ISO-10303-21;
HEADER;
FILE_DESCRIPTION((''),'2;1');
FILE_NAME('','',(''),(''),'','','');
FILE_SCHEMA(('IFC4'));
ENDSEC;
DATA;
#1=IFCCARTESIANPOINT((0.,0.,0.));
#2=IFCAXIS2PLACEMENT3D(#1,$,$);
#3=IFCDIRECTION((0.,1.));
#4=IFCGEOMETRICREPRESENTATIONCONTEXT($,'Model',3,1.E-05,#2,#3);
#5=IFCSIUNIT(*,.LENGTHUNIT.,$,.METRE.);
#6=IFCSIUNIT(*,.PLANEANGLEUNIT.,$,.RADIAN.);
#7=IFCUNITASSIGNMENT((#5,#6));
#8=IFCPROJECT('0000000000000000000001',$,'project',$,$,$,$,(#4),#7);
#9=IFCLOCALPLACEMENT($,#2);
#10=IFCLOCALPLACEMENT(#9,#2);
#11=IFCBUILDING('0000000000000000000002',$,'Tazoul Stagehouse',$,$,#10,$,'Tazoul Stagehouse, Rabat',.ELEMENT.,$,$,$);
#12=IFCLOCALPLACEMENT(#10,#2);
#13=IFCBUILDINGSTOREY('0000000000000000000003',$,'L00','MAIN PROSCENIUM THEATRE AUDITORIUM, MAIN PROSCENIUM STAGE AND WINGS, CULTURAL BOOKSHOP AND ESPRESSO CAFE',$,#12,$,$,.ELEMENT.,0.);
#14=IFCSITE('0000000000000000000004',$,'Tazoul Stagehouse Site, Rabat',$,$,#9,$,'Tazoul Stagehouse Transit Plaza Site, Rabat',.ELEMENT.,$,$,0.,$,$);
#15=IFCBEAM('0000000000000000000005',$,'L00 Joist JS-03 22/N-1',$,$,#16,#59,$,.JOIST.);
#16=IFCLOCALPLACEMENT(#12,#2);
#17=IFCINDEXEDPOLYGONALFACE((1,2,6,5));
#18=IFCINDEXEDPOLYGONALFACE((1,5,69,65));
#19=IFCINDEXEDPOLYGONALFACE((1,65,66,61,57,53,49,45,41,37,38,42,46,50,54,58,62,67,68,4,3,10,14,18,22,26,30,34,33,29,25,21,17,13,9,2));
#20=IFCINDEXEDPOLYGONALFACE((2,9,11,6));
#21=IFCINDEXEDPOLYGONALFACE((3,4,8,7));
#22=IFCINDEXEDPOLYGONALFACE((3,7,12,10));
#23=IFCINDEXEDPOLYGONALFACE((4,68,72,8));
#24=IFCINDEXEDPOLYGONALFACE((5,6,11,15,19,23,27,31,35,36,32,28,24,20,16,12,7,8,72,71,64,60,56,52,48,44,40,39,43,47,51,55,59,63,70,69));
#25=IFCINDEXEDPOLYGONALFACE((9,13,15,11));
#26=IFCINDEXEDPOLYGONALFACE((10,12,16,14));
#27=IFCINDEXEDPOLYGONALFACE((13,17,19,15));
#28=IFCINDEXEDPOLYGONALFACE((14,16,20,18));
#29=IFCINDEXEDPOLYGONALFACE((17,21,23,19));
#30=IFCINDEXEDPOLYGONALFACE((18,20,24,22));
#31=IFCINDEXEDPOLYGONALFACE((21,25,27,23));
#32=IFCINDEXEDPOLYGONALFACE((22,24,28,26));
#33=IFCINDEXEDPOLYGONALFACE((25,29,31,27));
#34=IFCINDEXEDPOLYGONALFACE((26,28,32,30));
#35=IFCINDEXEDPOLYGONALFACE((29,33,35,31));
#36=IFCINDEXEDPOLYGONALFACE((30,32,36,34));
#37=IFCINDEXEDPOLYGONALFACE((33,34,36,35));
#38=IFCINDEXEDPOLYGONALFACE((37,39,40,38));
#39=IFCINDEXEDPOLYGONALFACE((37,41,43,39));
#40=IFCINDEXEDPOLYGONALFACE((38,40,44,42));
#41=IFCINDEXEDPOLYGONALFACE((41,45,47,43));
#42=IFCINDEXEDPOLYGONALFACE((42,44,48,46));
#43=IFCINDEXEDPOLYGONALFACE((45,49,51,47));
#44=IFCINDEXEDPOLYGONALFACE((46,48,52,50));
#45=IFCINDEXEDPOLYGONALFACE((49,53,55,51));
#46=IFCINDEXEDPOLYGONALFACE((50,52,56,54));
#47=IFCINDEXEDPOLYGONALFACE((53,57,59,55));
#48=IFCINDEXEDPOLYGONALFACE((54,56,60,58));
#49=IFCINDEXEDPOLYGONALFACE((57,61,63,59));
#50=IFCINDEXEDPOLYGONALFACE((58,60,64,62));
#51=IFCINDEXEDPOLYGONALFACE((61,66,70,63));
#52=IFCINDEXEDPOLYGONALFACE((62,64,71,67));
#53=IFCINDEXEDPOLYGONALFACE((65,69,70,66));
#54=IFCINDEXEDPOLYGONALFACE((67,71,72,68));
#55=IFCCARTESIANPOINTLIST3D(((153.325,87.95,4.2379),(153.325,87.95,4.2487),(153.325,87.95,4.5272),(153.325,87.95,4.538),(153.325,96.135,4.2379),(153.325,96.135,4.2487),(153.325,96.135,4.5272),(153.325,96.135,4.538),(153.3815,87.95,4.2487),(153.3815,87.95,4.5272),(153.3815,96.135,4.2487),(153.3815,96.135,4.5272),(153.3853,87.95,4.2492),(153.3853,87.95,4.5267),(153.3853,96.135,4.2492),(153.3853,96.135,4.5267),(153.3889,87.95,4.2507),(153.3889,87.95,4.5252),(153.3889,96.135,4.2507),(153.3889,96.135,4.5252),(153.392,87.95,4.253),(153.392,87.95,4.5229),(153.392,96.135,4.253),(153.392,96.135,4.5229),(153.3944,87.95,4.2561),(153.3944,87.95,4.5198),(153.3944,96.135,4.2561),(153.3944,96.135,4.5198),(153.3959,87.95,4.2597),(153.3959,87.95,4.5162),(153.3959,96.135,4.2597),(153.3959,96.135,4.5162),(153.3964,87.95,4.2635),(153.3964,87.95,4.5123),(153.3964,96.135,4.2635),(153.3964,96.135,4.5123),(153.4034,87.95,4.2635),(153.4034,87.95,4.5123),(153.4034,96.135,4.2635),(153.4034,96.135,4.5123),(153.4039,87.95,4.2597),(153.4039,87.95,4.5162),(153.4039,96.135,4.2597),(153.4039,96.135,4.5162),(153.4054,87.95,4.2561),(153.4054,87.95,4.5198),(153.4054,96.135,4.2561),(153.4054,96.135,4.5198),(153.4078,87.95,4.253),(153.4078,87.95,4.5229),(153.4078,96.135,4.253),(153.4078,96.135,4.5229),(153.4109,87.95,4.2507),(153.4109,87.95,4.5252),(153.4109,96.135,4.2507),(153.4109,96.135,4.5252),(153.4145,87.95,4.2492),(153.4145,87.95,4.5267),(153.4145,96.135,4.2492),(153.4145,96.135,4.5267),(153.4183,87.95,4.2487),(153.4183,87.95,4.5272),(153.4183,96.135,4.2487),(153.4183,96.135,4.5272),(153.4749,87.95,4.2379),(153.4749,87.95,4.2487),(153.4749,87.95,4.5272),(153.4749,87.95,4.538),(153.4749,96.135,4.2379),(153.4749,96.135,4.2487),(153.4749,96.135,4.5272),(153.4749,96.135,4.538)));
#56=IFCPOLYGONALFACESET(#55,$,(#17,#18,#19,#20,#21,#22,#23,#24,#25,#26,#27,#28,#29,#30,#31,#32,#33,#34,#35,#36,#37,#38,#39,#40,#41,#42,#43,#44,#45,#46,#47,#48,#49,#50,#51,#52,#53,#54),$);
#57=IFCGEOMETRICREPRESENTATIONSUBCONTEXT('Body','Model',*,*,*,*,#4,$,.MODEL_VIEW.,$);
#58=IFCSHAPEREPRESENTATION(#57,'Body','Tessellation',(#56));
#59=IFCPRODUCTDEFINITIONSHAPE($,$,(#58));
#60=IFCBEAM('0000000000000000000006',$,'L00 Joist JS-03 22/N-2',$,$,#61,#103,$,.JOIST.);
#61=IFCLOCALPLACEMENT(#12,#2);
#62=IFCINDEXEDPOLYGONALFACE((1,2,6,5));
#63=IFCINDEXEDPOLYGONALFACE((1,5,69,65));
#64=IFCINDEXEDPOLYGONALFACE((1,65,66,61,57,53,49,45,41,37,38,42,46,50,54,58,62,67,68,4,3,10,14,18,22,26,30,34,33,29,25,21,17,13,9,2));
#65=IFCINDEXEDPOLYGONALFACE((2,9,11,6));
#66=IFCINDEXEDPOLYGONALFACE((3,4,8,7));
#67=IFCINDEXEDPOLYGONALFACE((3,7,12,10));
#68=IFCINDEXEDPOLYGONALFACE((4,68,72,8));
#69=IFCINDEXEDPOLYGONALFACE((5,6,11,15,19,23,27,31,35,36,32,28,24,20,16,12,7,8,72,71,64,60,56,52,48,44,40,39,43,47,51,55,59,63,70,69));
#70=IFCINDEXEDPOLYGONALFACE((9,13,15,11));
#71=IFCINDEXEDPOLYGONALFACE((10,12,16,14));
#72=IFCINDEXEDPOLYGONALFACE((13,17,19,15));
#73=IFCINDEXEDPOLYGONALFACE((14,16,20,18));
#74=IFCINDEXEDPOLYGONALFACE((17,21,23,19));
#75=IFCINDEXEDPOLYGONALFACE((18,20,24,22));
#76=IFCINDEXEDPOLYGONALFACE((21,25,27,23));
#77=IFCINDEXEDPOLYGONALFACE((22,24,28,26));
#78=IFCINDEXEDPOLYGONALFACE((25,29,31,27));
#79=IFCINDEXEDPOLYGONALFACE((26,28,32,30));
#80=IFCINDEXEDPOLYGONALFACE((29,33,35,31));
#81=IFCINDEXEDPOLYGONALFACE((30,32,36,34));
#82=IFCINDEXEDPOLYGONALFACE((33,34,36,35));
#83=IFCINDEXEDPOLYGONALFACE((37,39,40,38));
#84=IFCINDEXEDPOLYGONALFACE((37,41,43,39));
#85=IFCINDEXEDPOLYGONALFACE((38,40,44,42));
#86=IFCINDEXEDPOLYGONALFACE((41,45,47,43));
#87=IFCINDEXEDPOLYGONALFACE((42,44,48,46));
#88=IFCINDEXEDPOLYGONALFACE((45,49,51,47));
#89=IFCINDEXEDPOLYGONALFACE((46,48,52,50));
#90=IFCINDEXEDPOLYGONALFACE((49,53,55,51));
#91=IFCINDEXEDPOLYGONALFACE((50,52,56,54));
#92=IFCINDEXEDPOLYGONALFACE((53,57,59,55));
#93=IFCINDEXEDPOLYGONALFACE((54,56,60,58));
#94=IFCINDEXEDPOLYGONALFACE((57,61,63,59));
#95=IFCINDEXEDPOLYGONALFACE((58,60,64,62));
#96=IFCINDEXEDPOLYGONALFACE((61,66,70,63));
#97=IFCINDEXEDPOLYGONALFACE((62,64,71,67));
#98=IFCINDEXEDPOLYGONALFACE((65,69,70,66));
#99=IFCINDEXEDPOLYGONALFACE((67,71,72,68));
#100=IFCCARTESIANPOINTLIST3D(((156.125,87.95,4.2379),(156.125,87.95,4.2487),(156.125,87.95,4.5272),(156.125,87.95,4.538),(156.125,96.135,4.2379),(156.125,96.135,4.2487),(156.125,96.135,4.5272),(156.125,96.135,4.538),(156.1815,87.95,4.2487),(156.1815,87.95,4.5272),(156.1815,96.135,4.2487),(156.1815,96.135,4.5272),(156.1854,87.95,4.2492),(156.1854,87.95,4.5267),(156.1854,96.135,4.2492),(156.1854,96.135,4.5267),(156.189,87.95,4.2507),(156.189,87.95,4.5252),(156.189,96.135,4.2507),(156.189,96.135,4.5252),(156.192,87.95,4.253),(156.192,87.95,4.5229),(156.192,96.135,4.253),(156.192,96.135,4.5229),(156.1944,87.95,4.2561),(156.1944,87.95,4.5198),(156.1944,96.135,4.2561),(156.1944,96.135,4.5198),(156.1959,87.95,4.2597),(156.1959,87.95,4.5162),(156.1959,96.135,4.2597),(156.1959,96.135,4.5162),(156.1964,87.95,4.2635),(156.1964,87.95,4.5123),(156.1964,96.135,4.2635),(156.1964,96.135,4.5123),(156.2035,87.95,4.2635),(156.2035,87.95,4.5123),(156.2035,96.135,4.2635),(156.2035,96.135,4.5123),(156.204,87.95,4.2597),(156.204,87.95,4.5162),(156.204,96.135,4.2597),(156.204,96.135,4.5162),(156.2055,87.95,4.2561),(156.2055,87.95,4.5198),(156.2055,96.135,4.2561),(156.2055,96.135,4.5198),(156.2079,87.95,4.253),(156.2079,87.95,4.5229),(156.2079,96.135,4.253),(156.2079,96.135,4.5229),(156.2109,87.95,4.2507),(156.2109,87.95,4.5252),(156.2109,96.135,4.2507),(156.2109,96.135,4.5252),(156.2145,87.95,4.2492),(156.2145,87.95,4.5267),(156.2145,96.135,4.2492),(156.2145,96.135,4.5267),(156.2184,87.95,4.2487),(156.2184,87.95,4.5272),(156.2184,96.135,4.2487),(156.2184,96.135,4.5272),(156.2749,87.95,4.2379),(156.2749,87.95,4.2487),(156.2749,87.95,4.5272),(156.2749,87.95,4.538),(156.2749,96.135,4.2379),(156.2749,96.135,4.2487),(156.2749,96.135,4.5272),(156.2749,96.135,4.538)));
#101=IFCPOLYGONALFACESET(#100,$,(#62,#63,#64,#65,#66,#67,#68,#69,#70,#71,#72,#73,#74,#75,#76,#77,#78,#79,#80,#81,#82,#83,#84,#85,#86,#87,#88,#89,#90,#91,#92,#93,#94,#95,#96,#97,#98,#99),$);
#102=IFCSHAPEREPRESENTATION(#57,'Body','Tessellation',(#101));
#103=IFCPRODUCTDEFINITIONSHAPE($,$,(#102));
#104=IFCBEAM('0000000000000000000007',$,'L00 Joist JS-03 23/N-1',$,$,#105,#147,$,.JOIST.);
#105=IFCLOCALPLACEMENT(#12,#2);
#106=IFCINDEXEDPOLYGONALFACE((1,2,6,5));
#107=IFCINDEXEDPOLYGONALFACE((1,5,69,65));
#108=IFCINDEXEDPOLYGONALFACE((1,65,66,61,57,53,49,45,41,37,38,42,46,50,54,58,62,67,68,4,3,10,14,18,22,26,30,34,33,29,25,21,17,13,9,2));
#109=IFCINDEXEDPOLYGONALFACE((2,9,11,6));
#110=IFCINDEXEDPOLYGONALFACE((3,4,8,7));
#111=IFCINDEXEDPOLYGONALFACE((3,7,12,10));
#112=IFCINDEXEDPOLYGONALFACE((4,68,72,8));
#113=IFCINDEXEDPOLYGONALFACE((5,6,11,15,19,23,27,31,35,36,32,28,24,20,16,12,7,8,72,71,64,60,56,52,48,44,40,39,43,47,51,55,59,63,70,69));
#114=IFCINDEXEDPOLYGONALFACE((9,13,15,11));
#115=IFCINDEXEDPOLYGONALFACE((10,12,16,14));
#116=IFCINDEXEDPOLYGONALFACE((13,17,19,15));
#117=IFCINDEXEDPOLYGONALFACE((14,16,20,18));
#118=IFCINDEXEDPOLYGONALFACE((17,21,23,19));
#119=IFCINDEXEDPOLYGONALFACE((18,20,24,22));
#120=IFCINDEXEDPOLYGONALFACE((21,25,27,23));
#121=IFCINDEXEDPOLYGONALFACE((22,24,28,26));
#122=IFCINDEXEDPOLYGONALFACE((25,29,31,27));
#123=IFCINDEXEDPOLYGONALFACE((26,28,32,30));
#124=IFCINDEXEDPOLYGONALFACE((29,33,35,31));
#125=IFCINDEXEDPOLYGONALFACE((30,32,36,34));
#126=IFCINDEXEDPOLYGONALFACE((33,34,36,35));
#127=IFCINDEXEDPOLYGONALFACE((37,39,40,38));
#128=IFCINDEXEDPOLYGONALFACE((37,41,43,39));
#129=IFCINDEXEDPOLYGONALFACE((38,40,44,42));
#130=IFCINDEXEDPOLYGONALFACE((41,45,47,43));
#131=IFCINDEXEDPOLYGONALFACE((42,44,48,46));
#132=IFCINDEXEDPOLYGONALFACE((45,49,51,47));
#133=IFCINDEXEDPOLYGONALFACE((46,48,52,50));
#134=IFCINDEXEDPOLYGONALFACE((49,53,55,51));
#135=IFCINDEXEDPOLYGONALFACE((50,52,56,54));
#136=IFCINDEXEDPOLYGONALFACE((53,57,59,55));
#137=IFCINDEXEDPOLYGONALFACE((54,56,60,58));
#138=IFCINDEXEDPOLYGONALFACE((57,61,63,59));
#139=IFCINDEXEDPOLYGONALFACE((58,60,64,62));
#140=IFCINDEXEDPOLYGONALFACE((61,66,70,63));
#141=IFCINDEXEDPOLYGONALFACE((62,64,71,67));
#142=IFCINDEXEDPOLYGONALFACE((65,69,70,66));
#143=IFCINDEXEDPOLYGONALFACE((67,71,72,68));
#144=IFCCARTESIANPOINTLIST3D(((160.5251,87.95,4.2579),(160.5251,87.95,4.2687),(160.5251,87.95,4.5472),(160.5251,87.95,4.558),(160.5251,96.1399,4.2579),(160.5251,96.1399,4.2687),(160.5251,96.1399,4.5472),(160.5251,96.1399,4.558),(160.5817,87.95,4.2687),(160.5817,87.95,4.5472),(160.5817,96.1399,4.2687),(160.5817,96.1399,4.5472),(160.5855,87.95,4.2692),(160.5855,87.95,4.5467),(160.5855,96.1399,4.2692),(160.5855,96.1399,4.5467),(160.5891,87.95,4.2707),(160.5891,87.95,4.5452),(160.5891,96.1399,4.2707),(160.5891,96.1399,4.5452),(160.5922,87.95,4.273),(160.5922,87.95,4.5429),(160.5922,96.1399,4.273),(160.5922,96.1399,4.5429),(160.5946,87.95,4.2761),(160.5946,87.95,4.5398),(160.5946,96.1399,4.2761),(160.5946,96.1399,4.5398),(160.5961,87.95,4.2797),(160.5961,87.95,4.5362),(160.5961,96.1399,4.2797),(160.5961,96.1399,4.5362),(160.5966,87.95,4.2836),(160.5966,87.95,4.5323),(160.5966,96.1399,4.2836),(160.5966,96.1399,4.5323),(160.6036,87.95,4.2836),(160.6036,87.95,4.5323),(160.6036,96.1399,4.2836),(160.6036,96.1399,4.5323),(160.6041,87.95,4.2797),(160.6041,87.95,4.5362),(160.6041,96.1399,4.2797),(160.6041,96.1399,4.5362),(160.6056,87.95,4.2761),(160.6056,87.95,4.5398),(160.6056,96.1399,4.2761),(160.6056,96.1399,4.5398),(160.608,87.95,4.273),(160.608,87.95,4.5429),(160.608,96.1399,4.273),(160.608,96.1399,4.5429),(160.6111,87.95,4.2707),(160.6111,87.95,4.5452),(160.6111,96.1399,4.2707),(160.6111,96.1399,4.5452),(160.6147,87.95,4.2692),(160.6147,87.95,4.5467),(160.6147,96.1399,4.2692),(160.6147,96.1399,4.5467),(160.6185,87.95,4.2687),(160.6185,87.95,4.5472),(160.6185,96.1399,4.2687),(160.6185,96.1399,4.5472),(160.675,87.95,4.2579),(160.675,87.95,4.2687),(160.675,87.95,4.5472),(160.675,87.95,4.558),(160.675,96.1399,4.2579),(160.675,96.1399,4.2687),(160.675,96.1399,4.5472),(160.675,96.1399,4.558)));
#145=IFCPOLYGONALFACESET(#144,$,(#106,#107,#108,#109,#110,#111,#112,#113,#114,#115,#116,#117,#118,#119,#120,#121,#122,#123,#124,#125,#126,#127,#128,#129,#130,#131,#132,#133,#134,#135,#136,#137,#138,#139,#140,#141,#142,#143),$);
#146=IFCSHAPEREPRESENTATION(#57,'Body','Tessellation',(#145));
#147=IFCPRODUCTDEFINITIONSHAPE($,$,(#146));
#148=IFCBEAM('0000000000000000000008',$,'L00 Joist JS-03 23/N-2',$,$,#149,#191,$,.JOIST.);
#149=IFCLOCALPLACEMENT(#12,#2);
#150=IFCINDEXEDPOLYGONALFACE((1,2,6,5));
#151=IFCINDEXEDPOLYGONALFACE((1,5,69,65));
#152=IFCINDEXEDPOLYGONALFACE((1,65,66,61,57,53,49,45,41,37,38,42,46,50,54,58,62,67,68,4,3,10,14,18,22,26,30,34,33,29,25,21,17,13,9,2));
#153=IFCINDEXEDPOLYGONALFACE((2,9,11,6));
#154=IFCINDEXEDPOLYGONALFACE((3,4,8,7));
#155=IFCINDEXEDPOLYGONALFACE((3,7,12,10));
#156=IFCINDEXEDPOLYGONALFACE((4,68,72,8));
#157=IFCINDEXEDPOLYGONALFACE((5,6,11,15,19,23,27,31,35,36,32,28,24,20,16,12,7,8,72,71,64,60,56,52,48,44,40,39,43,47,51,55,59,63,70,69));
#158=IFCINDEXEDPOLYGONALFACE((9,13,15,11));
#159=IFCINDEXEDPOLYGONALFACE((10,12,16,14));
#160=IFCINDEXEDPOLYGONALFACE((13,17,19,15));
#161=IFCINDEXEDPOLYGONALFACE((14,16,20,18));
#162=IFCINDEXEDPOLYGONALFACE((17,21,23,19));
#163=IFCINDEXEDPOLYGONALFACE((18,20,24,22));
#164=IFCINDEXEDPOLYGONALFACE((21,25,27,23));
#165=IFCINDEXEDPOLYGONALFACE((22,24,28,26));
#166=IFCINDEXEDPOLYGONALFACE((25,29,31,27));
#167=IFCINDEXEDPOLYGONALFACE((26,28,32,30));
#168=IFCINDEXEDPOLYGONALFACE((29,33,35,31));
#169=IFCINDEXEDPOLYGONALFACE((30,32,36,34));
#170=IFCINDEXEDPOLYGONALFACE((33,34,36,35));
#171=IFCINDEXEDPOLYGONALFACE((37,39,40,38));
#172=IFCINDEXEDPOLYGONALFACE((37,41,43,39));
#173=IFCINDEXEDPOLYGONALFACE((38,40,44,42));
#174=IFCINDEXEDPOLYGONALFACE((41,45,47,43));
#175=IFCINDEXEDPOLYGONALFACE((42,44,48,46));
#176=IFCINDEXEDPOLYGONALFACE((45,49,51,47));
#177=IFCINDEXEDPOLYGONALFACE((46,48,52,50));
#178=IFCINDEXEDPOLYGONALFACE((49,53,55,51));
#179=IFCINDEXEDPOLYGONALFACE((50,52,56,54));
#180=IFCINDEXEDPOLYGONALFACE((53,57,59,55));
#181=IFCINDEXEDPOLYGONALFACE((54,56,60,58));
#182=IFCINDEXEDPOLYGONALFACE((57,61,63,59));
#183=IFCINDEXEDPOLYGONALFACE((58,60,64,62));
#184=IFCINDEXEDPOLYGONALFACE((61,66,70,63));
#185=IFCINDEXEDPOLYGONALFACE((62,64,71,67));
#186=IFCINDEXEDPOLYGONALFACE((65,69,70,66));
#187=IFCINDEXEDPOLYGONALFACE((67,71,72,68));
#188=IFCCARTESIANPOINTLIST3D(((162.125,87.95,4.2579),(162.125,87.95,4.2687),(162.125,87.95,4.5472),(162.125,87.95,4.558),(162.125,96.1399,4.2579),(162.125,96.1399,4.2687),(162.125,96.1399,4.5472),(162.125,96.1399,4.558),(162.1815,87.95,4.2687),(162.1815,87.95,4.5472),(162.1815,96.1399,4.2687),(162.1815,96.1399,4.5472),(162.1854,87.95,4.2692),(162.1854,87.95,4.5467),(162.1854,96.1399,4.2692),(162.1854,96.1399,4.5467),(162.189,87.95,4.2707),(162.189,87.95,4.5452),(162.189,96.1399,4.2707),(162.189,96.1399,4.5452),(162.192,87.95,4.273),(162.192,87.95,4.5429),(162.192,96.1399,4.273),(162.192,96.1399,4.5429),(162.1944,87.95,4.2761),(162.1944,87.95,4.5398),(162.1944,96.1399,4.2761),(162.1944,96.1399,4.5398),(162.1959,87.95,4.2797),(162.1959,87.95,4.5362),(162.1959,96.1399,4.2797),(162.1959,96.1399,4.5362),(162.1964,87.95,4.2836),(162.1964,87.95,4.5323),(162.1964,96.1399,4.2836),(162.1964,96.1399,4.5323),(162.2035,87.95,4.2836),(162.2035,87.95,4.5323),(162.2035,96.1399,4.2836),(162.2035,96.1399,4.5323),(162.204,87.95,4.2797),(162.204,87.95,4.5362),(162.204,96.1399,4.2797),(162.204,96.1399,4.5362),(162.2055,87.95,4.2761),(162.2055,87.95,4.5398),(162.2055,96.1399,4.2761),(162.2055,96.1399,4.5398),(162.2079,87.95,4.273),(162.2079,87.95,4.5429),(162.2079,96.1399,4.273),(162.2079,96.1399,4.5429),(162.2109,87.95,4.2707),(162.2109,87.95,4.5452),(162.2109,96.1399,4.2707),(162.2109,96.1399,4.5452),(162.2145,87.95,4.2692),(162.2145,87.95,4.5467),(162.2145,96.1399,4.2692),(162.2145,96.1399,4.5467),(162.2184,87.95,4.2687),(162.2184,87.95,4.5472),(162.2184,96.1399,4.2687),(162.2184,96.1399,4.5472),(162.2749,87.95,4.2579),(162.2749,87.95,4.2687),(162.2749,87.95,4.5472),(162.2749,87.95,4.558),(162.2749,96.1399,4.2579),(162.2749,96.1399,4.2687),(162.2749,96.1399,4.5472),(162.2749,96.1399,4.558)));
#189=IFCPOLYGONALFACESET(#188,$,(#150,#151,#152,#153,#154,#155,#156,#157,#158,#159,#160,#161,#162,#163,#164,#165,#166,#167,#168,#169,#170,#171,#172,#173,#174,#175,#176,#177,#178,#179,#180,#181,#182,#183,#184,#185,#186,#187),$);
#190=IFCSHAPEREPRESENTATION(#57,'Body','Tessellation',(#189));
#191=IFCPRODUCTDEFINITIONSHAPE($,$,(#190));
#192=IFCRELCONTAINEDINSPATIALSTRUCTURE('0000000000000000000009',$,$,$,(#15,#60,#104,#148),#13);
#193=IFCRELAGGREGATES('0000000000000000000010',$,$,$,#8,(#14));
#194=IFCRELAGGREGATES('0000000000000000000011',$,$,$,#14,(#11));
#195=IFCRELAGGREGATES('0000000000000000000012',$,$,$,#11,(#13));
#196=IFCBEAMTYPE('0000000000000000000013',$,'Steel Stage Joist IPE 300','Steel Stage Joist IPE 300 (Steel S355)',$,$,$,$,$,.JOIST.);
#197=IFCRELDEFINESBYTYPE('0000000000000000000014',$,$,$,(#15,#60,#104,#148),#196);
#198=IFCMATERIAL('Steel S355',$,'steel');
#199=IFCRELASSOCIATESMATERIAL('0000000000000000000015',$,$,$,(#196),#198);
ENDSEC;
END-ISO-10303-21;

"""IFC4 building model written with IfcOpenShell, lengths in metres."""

from ifc_helpers import new_model, si_unit, direction, frame, origin, origin_2d, place, context, subcontext, project, spatial, i_section, extrude, material, material_profile, profile_set, type_object, element, save


model = new_model("IFC4")

# Units and contexts
model_context = context("Model", 3, precision=1e-05, world=origin(), true_north=direction((0.0, 1.0)))
body_context = subcontext(model_context, "Body", "Model", "MODEL_VIEW")
ifc_project = project(units=[si_unit("LENGTHUNIT", "METRE"), si_unit("PLANEANGLEUNIT", "RADIAN")], contexts=[model_context])

# Site, building, storey
site_placement = place(None, origin())
site = spatial("IfcSite", under=ifc_project, at=site_placement, Name="Tazoul Stagehouse Site, Rabat", LongName="Tazoul Stagehouse Transit Plaza Site, Rabat", CompositionType="ELEMENT", RefElevation=0.0)
building_placement = place(site_placement, origin())
building = spatial("IfcBuilding", under=site, at=building_placement, Name="Tazoul Stagehouse", LongName="Tazoul Stagehouse, Rabat", CompositionType="ELEMENT")
storey_placement = place(building_placement, origin())
storey = spatial("IfcBuildingStorey", under=building, at=storey_placement, Name="L00", Description="MAIN PROSCENIUM THEATRE AUDITORIUM, MAIN PROSCENIUM STAGE AND WINGS, CULTURAL BOOKSHOP AND ESPRESSO CAFE", CompositionType="ELEMENT", Elevation=0.0)

# Beams
ifc_material_1 = material(Name="Steel S355", Category="steel")
ifc_material_profile_1 = material_profile(ifc_material_1, i_section(OverallWidth=0.1499, OverallDepth=0.3, WebThickness=0.0071, FlangeThickness=0.0107, FilletRadius=0.0149, at=origin_2d()), Name="IPE 300")
ifc_profile_set_1 = profile_set([ifc_material_profile_1], Name="Steel S355")
beam_type_1 = type_object("IfcBeamType", Name="Steel Stage Joist IPE 300", Description="Steel Stage Joist IPE 300 (Steel S355)", PredefinedType="JOIST", material=ifc_profile_set_1)
for number, where, z_axis, x_axis, name in (
    (1, (153.3999, 87.95, 4.3879), (0.0, 1.0, 0.0), (-1.0, 0.0, 0.0), "L00 Joist JS-03 22/N-1"),
    (2, (156.2, 87.95, 4.3879), (0.0, 1.0, 0.0), (-1.0, 0.0, 0.0), "L00 Joist JS-03 22/N-2"),
):
    element("IfcBeam", number, at=place(storey_placement, frame(where, z_axis=z_axis, x_axis=x_axis)), inside=storey, type_object=beam_type_1, Name=name, PredefinedType="JOIST", context=body_context, shape_type="SweptSolid", body=[
        extrude(i_section(OverallWidth=0.1499, OverallDepth=0.3, WebThickness=0.0071, FlangeThickness=0.0107, FilletRadius=0.0149, at=origin_2d()), origin(), (0.0, 0.0, 1.0), 8.1851),
    ])
for number, where, z_axis, x_axis, name in (
    (3, (160.6001, 87.95, 4.408), (0.0, 1.0, 0.0), (-1.0, 0.0, 0.0), "L00 Joist JS-03 23/N-1"),
    (4, (162.2, 87.95, 4.408), (0.0, 1.0, 0.0), (-1.0, 0.0, 0.0), "L00 Joist JS-03 23/N-2"),
):
    element("IfcBeam", number, at=place(storey_placement, frame(where, z_axis=z_axis, x_axis=x_axis)), inside=storey, type_object=beam_type_1, Name=name, PredefinedType="JOIST", context=body_context, shape_type="SweptSolid", body=[
        extrude(i_section(OverallWidth=0.1499, OverallDepth=0.3, WebThickness=0.0071, FlangeThickness=0.0107, FilletRadius=0.0149, at=origin_2d()), origin(), (0.0, 0.0, 1.0), 8.1899),
    ])

save(model, "model.ifc")
